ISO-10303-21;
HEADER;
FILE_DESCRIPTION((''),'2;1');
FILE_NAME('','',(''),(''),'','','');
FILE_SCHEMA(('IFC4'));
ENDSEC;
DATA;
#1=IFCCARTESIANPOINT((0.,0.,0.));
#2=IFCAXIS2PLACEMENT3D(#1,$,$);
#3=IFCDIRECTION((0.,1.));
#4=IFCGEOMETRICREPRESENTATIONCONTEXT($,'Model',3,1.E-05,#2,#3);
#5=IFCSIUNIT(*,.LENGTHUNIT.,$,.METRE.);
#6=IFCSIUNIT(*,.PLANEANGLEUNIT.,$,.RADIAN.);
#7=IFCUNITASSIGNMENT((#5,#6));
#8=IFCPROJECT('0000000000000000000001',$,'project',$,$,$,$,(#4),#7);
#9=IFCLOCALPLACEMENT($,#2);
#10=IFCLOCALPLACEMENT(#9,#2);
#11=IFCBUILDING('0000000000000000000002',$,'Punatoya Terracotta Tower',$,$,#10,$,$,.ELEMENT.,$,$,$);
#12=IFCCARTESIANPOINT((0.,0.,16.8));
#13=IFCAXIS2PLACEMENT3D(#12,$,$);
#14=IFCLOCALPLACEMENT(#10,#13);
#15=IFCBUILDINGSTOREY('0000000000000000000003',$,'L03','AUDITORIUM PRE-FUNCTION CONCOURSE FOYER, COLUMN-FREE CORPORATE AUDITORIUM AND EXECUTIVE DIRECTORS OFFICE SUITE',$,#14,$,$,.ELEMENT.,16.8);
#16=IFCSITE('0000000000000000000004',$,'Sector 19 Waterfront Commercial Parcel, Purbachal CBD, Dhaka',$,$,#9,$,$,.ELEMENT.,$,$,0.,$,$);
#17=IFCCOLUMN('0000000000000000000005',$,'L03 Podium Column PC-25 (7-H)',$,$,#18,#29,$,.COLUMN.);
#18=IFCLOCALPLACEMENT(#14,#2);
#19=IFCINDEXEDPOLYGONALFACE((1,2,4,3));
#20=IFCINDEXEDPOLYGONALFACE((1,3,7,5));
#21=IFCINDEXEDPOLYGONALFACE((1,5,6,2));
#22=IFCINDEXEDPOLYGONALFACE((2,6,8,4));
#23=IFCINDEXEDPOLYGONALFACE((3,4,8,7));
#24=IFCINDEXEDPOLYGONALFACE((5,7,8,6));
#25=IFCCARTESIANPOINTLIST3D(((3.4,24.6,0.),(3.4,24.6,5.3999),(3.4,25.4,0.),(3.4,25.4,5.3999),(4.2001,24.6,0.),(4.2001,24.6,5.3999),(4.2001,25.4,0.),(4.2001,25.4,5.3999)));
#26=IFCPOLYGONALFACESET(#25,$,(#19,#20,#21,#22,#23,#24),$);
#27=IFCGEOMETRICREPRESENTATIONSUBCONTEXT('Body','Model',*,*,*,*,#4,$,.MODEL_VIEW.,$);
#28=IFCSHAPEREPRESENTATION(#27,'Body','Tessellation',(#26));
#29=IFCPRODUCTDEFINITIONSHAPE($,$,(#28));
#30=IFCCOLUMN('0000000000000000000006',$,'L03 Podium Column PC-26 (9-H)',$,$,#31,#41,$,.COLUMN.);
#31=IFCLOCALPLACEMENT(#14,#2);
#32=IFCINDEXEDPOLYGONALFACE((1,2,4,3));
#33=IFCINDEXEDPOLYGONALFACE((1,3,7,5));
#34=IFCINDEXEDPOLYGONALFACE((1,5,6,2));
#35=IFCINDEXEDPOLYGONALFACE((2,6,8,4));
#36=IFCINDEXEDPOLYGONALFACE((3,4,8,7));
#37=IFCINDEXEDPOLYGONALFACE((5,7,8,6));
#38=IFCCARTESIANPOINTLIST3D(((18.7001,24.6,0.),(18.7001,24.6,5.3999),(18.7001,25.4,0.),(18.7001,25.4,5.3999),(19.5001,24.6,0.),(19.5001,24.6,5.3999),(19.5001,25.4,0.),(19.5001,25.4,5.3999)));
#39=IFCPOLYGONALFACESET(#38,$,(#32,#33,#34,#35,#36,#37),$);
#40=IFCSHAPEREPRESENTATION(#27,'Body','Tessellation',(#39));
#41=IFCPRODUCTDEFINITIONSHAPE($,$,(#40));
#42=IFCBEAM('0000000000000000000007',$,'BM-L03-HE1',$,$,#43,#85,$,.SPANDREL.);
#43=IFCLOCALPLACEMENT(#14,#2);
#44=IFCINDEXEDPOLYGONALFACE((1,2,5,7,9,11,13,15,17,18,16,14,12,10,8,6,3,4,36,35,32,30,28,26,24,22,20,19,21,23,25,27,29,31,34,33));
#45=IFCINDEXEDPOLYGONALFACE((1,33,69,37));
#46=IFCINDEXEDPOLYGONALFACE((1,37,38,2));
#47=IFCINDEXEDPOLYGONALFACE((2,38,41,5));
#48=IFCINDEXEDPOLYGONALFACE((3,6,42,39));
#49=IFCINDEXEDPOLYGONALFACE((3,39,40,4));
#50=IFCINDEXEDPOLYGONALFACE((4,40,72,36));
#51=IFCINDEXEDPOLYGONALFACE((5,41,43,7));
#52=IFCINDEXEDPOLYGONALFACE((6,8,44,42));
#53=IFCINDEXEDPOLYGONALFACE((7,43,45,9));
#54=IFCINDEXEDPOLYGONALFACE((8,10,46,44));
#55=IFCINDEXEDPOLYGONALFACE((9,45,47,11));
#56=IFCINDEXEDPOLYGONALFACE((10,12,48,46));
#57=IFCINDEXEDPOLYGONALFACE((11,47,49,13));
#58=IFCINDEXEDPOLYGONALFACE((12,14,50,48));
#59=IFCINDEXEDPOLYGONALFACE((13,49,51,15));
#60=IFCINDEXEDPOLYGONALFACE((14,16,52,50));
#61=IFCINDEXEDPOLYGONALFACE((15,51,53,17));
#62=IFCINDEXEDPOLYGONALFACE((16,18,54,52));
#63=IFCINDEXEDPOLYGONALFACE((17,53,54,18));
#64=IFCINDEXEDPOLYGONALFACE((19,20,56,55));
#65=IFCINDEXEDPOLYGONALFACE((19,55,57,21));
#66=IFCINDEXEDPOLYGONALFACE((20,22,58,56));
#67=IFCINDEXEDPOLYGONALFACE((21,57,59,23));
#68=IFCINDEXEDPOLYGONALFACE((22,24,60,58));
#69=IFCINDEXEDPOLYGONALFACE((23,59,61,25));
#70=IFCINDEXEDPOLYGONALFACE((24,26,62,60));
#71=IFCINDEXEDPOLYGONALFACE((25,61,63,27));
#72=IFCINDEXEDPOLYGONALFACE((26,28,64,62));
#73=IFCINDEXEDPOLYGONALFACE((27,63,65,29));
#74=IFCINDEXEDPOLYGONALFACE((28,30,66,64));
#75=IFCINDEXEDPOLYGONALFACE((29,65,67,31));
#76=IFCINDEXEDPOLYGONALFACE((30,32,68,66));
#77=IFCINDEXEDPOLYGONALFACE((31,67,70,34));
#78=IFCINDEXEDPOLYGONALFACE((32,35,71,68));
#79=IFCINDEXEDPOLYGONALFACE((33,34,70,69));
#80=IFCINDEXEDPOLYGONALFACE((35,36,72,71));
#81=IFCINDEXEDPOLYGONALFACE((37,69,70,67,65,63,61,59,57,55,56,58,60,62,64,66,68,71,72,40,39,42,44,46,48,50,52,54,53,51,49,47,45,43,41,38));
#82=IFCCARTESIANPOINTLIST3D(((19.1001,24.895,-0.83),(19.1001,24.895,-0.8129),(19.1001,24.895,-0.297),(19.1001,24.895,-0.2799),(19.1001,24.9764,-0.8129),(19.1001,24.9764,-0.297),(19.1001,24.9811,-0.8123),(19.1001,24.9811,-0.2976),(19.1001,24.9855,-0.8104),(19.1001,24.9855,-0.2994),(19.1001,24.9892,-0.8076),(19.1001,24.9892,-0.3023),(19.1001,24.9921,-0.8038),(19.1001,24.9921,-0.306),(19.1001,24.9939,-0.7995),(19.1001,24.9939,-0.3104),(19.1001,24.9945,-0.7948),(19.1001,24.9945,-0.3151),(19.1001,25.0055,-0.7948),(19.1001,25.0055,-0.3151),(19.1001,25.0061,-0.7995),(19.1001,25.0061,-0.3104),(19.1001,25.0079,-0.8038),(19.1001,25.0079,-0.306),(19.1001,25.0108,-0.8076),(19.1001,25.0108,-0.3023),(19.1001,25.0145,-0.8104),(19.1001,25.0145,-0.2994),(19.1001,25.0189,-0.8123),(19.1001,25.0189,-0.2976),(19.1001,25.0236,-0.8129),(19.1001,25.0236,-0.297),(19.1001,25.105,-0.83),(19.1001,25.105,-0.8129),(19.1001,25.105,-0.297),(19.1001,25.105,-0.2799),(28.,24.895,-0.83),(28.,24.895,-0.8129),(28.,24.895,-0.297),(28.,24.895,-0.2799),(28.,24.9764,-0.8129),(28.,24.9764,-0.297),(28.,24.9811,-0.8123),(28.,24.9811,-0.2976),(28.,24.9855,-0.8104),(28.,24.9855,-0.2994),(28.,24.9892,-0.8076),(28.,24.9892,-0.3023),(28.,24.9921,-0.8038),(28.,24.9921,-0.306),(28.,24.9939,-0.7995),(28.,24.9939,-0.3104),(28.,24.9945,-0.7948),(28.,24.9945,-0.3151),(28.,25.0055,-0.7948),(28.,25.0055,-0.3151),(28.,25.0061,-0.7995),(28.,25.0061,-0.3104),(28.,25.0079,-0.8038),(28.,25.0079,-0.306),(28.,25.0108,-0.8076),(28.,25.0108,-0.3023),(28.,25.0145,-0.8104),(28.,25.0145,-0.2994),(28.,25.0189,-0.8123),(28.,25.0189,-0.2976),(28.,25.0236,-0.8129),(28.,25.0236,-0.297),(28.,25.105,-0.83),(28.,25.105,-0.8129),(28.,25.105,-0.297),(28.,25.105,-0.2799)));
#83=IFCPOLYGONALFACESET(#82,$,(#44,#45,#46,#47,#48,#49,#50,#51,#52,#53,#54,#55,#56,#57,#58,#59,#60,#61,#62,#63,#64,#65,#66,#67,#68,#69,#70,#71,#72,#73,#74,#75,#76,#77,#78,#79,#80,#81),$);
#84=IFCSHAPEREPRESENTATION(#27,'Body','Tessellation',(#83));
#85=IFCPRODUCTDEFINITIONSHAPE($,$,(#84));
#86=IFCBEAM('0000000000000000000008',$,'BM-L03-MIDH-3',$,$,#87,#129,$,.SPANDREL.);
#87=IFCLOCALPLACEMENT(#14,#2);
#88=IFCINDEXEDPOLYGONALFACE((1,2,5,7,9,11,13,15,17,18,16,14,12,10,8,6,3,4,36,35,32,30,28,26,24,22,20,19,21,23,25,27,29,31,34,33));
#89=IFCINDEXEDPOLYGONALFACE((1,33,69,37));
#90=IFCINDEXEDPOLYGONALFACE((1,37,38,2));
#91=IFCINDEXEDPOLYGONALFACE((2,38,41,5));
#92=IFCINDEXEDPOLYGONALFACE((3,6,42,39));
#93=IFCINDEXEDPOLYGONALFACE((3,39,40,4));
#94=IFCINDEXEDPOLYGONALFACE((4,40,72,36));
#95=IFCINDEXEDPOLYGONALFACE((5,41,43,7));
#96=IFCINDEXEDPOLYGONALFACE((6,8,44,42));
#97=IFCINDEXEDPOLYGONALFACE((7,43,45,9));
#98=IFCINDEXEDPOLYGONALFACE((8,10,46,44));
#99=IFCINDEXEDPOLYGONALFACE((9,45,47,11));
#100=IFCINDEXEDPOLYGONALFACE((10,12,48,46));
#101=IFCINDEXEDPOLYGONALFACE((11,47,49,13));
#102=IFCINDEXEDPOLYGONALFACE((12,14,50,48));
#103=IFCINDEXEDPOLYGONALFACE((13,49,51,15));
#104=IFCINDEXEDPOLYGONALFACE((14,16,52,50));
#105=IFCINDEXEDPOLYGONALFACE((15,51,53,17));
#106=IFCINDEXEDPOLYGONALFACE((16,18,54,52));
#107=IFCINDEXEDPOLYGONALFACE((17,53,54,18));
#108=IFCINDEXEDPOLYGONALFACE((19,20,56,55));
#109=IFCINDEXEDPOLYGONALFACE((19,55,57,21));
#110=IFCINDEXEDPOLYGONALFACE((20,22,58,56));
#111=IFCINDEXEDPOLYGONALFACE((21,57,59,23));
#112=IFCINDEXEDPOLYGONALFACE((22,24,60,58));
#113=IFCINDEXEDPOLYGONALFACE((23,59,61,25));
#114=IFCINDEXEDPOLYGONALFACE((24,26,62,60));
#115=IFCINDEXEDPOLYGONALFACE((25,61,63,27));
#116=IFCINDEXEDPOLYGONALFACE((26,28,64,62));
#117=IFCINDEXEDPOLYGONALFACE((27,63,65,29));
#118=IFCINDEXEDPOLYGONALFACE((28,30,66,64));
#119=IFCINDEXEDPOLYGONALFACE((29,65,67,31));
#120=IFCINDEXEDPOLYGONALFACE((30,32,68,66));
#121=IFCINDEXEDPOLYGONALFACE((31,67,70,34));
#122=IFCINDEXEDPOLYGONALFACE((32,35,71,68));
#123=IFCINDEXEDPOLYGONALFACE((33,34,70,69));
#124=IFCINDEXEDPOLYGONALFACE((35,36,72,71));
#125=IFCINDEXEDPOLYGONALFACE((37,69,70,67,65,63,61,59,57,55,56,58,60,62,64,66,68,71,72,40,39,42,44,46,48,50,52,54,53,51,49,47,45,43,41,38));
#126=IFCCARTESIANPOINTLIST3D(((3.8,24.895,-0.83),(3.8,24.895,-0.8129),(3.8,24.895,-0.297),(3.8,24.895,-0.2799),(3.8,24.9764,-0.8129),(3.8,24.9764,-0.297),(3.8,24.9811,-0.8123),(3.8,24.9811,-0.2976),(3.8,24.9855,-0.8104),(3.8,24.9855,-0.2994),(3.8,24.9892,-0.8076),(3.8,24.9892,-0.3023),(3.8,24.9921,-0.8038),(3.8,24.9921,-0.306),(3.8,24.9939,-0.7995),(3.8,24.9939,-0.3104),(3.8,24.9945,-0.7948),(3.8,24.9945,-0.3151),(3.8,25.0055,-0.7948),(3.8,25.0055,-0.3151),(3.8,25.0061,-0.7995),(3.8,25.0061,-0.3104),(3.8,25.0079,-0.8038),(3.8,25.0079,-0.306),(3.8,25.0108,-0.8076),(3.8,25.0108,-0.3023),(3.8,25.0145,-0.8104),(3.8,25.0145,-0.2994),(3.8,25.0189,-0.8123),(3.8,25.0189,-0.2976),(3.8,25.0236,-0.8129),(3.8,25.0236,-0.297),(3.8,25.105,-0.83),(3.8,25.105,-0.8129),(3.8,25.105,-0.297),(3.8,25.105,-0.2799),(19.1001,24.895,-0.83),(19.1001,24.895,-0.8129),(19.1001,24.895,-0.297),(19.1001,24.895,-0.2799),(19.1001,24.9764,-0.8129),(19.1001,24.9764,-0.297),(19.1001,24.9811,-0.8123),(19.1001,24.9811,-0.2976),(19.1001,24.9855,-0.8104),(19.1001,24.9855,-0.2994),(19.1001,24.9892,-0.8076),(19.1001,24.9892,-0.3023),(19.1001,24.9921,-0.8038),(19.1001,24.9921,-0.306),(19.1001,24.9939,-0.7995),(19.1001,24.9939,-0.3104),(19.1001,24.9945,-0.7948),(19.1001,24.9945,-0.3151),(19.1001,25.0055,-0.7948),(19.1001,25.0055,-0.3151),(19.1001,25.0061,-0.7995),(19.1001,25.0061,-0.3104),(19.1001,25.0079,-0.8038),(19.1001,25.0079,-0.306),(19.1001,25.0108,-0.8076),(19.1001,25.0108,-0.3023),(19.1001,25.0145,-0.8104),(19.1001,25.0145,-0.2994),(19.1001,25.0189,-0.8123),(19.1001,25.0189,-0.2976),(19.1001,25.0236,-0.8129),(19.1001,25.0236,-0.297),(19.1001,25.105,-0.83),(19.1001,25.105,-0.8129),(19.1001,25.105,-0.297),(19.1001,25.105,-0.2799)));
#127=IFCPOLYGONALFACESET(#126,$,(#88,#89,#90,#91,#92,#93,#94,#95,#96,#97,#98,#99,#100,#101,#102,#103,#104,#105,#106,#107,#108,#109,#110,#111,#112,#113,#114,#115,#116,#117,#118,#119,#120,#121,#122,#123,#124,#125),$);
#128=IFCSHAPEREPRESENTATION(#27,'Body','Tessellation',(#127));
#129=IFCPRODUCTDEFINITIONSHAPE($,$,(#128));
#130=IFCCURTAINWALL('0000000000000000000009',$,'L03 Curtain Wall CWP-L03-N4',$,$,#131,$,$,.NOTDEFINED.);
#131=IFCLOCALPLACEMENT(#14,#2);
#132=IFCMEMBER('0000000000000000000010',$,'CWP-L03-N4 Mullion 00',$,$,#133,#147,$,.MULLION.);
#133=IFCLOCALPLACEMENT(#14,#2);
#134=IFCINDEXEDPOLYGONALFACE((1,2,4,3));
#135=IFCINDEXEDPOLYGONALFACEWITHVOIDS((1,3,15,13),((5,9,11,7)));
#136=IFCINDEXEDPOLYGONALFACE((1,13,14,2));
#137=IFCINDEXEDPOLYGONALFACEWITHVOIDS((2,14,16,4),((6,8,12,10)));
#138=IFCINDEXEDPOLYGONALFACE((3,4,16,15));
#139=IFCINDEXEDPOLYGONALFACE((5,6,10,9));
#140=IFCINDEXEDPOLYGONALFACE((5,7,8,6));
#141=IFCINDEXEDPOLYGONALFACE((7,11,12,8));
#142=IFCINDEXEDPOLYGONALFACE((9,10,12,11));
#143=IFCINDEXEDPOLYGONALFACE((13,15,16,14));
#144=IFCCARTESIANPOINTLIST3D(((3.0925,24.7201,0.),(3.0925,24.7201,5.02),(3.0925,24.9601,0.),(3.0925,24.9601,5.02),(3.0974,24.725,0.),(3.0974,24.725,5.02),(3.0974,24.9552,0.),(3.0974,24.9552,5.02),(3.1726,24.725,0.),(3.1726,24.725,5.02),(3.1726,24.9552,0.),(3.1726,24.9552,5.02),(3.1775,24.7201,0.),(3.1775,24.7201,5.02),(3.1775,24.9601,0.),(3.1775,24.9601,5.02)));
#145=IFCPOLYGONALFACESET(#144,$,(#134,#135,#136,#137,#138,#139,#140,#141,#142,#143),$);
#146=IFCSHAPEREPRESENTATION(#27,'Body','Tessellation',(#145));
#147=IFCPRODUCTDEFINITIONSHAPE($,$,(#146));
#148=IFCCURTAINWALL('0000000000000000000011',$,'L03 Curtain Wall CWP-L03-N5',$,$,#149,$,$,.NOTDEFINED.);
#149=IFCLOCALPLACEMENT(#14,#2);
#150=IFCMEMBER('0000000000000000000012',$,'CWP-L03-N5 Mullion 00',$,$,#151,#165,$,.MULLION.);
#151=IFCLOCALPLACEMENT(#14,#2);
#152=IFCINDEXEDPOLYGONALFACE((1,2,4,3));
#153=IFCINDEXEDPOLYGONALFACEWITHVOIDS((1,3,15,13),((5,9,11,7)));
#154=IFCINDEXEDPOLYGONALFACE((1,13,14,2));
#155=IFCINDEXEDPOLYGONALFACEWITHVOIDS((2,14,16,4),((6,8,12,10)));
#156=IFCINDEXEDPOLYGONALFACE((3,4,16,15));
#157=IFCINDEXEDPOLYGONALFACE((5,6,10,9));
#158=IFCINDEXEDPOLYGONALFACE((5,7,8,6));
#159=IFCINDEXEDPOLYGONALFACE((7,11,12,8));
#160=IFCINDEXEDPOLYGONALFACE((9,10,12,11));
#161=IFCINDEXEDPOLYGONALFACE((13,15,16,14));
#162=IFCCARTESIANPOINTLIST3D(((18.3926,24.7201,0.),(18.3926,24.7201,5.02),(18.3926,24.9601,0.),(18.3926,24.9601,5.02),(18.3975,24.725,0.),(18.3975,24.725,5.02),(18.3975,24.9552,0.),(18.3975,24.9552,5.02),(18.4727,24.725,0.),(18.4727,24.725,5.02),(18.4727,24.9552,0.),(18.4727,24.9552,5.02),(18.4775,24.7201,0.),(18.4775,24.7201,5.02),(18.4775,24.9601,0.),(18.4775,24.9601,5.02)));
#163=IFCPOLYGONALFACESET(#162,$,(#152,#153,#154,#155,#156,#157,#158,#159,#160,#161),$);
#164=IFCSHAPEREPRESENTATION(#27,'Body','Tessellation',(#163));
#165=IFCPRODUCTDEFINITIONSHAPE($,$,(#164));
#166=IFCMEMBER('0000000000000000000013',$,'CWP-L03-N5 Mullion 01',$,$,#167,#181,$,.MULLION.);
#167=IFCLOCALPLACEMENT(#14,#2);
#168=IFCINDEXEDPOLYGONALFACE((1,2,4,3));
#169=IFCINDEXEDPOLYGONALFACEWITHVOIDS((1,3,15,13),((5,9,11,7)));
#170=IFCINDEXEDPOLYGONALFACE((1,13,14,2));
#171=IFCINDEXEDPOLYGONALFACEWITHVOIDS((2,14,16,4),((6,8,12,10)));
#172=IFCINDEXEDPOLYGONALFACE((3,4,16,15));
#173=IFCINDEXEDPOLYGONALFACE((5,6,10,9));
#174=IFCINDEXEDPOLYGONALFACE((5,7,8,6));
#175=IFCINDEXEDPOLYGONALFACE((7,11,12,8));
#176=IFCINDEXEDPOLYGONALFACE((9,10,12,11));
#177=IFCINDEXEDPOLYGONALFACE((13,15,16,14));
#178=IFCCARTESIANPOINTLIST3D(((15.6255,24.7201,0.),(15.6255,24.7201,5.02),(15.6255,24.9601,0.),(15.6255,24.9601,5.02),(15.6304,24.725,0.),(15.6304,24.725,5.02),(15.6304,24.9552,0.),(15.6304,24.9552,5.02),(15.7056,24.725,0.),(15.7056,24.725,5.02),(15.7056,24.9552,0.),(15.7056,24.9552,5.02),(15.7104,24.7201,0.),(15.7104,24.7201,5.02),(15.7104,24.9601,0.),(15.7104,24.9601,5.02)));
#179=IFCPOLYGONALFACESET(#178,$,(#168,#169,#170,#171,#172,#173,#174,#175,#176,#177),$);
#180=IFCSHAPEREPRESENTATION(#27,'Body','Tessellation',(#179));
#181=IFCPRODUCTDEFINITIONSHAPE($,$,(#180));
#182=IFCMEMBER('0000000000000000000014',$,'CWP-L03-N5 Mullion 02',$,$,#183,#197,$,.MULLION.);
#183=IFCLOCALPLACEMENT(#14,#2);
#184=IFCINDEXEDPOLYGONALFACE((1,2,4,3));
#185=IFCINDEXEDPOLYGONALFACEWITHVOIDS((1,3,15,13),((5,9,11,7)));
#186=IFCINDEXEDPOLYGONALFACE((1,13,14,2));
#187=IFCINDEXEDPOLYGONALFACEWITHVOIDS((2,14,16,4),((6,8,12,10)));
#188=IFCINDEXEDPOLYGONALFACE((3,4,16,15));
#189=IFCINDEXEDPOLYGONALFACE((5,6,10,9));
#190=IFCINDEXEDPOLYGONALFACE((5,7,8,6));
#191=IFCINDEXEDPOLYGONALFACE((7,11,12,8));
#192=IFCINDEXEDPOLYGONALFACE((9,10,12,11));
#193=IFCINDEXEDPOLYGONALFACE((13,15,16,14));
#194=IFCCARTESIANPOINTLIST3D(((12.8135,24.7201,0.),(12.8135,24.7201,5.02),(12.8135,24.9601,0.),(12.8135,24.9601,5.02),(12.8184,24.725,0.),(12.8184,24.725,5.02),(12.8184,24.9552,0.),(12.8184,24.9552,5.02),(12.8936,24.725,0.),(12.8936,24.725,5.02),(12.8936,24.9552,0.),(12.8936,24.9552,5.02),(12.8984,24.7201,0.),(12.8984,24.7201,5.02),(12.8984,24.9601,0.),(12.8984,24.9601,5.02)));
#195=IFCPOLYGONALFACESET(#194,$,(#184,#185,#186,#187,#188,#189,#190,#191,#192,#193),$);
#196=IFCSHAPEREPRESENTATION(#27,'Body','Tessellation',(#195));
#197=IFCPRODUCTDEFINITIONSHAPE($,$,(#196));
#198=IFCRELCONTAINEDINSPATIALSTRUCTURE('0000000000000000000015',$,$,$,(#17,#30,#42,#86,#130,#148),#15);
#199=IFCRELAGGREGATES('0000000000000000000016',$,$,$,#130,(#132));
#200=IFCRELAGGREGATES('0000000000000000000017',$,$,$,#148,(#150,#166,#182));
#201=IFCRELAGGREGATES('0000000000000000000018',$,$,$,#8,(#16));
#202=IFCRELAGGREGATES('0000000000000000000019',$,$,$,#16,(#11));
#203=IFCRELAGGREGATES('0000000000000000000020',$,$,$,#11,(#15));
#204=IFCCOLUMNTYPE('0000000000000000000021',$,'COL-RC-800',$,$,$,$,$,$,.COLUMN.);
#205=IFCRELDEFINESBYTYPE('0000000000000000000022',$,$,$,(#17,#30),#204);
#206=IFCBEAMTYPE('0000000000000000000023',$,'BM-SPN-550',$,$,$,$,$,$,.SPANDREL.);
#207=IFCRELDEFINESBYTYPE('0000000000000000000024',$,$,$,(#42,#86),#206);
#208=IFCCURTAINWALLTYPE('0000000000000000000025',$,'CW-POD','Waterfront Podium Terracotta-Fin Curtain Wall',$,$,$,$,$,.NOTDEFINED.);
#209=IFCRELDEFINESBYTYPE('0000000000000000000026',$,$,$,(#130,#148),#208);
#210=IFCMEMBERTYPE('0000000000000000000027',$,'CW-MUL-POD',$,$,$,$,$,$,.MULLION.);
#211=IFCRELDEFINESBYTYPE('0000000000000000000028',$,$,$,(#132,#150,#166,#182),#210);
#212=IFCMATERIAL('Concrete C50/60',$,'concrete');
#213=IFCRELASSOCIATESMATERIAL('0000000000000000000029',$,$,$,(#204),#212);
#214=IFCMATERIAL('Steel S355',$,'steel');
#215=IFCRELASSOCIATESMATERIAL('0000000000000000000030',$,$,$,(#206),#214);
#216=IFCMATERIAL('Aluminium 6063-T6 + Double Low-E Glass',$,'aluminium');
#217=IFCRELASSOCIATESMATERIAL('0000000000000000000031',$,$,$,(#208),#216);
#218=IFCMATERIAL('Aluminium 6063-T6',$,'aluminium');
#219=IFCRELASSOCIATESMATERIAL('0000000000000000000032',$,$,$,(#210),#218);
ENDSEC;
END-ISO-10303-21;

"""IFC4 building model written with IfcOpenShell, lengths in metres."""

from ifc_helpers import new_model, si_unit, direction, frame, origin, origin_2d, place, context, subcontext, project, spatial, rectangle, hollow_rectangle, i_section, extrude, material, material_profile, profile_set, type_object, element, aggregate, save


model = new_model("IFC4")

# Units and contexts
model_context = context("Model", 3, precision=1e-05, world=origin(), true_north=direction((0.0, 1.0)))
body_context = subcontext(model_context, "Body", "Model", "MODEL_VIEW")
ifc_project = project(units=[si_unit("LENGTHUNIT", "METRE"), si_unit("PLANEANGLEUNIT", "RADIAN")], contexts=[model_context])

# Site, building, storey
site_placement = place(None, origin())
site = spatial("IfcSite", under=ifc_project, at=site_placement, Name="Sector 19 Waterfront Commercial Parcel, Purbachal CBD, Dhaka", CompositionType="ELEMENT", RefElevation=0.0)
building_placement = place(site_placement, origin())
building = spatial("IfcBuilding", under=site, at=building_placement, Name="Punatoya Terracotta Tower", CompositionType="ELEMENT")
storey_placement = place(building_placement, frame((0.0, 0.0, 16.8)))
storey = spatial("IfcBuildingStorey", under=building, at=storey_placement, Name="L03", Description="AUDITORIUM PRE-FUNCTION CONCOURSE FOYER, COLUMN-FREE CORPORATE AUDITORIUM AND EXECUTIVE DIRECTORS OFFICE SUITE", CompositionType="ELEMENT", Elevation=16.8)

# Columns
ifc_material_1 = material(Name="Concrete C50/60", Category="concrete")
ifc_material_profile_1 = material_profile(ifc_material_1, rectangle(XDim=0.8, YDim=0.8, at=origin_2d()))
ifc_profile_set_1 = profile_set([ifc_material_profile_1], Name="Concrete C50/60")
column_type = type_object("IfcColumnType", Name="COL-RC-800", PredefinedType="COLUMN", material=ifc_profile_set_1)
for number, where, z_axis, x_axis, name in (
    (1, (3.8, 25.0, 0.0), (0.0, 0.0, 1.0), (1.0, 0.0, 0.0), "L03 Podium Column PC-25 (7-H)"),
    (2, (19.1001, 25.0, 0.0), (0.0, 0.0, 1.0), (1.0, 0.0, 0.0), "L03 Podium Column PC-26 (9-H)"),
):
    element("IfcColumn", number, at=place(storey_placement, frame(where, z_axis=z_axis, x_axis=x_axis)), inside=storey, type_object=column_type, Name=name, PredefinedType="COLUMN", context=body_context, shape_type="SweptSolid", body=[
        extrude(rectangle(XDim=0.8, YDim=0.8, at=origin_2d()), origin(), (0.0, 0.0, 1.0), 5.3999),
    ])

# Beams
ifc_material_2 = material(Name="Steel S355", Category="steel")
ifc_material_profile_2 = material_profile(ifc_material_2, i_section(OverallWidth=0.21, OverallDepth=0.55, WebThickness=0.011, FlangeThickness=0.0171, FilletRadius=0.0181, at=origin_2d()))
ifc_profile_set_2 = profile_set([ifc_material_profile_2], Name="Steel S355")
beam_type = type_object("IfcBeamType", Name="BM-SPN-550", PredefinedType="SPANDREL", material=ifc_profile_set_2)
beam_1_placement = place(storey_placement, frame((19.1001, 25.0, -0.5549), z_axis=(1.0, 0.0, 0.0), x_axis=(0.0, 1.0, 0.0)))
element("IfcBeam", 3, at=beam_1_placement, inside=storey, type_object=beam_type, Name="BM-L03-HE1", PredefinedType="SPANDREL", context=body_context, shape_type="SweptSolid", body=[
    extrude(i_section(OverallWidth=0.21, OverallDepth=0.55, WebThickness=0.011, FlangeThickness=0.0171, FilletRadius=0.0181, at=origin_2d()), origin(), (0.0, 0.0, 1.0), 8.8999),
])
beam_2_placement = place(storey_placement, frame((3.8, 25.0, -0.5549), z_axis=(1.0, 0.0, 0.0), x_axis=(0.0, 1.0, 0.0)))
element("IfcBeam", 4, at=beam_2_placement, inside=storey, type_object=beam_type, Name="BM-L03-MIDH-3", PredefinedType="SPANDREL", context=body_context, shape_type="SweptSolid", body=[
    extrude(i_section(OverallWidth=0.21, OverallDepth=0.55, WebThickness=0.011, FlangeThickness=0.0171, FilletRadius=0.0181, at=origin_2d()), origin(), (0.0, 0.0, 1.0), 15.3),
])

# Curtain wall, member
ifc_material_3 = material(Name="Aluminium 6063-T6 + Double Low-E Glass", Category="aluminium")
curtain_wall_type = type_object("IfcCurtainWallType", Name="CW-POD", Description="Waterfront Podium Terracotta-Fin Curtain Wall", PredefinedType="NOTDEFINED", material=ifc_material_3)
curtain_wall_1_placement = place(storey_placement, origin())
curtain_wall_1 = element("IfcCurtainWall", 5, at=curtain_wall_1_placement, inside=storey, type_object=curtain_wall_type, Name="L03 Curtain Wall CWP-L03-N4", PredefinedType="NOTDEFINED")
ifc_material_4 = material(Name="Aluminium 6063-T6", Category="aluminium")
ifc_material_profile_3 = material_profile(ifc_material_4, hollow_rectangle(XDim=0.085, YDim=0.24, WallThickness=0.0049, at=origin_2d()))
ifc_profile_set_3 = profile_set([ifc_material_profile_3], Name="Aluminium 6063-T6")
member_type_1 = type_object("IfcMemberType", Name="CW-MUL-POD", PredefinedType="MULLION", material=ifc_profile_set_3)
member_1_placement = place(storey_placement, frame((3.135, 24.8401, 0.0), z_axis=(0.0, 0.0, 1.0), x_axis=(1.0, 0.0, 0.0)))
member_1 = element("IfcMember", 6, at=member_1_placement, type_object=member_type_1, Name="CWP-L03-N4 Mullion 00", PredefinedType="MULLION", context=body_context, shape_type="SweptSolid", body=[
    extrude(hollow_rectangle(XDim=0.085, YDim=0.24, WallThickness=0.0049, at=origin_2d()), origin(), (0.0, 0.0, 1.0), 5.02),
])

# Curtain wall, members
curtain_wall_2_placement = place(storey_placement, origin())
curtain_wall_2 = element("IfcCurtainWall", 7, at=curtain_wall_2_placement, inside=storey, type_object=curtain_wall_type, Name="L03 Curtain Wall CWP-L03-N5", PredefinedType="NOTDEFINED")
member_2_placement = place(storey_placement, frame((18.4351, 24.8401, 0.0), z_axis=(0.0, 0.0, 1.0), x_axis=(1.0, 0.0, 0.0)))
member_2 = element("IfcMember", 8, at=member_2_placement, type_object=member_type_1, Name="CWP-L03-N5 Mullion 00", PredefinedType="MULLION", context=body_context, shape_type="SweptSolid", body=[
    extrude(hollow_rectangle(XDim=0.085, YDim=0.24, WallThickness=0.0049, at=origin_2d()), origin(), (0.0, 0.0, 1.0), 5.02),
])
member_3_placement = place(storey_placement, frame((15.668, 24.8401, 0.0), z_axis=(0.0, 0.0, 1.0), x_axis=(1.0, 0.0, 0.0)))
member_3 = element("IfcMember", 9, at=member_3_placement, type_object=member_type_1, Name="CWP-L03-N5 Mullion 01", PredefinedType="MULLION", context=body_context, shape_type="SweptSolid", body=[
    extrude(hollow_rectangle(XDim=0.085, YDim=0.24, WallThickness=0.0049, at=origin_2d()), origin(), (0.0, 0.0, 1.0), 5.02),
])
member_4_placement = place(storey_placement, frame((12.856, 24.8401, 0.0), z_axis=(0.0, 0.0, 1.0), x_axis=(1.0, 0.0, 0.0)))
member_4 = element("IfcMember", 10, at=member_4_placement, type_object=member_type_1, Name="CWP-L03-N5 Mullion 02", PredefinedType="MULLION", context=body_context, shape_type="SweptSolid", body=[
    extrude(hollow_rectangle(XDim=0.085, YDim=0.24, WallThickness=0.0049, at=origin_2d()), origin(), (0.0, 0.0, 1.0), 5.02),
])

aggregate(curtain_wall_1, [member_1])

aggregate(curtain_wall_2, [member_2, member_3, member_4])

save(model, "model.ifc")
